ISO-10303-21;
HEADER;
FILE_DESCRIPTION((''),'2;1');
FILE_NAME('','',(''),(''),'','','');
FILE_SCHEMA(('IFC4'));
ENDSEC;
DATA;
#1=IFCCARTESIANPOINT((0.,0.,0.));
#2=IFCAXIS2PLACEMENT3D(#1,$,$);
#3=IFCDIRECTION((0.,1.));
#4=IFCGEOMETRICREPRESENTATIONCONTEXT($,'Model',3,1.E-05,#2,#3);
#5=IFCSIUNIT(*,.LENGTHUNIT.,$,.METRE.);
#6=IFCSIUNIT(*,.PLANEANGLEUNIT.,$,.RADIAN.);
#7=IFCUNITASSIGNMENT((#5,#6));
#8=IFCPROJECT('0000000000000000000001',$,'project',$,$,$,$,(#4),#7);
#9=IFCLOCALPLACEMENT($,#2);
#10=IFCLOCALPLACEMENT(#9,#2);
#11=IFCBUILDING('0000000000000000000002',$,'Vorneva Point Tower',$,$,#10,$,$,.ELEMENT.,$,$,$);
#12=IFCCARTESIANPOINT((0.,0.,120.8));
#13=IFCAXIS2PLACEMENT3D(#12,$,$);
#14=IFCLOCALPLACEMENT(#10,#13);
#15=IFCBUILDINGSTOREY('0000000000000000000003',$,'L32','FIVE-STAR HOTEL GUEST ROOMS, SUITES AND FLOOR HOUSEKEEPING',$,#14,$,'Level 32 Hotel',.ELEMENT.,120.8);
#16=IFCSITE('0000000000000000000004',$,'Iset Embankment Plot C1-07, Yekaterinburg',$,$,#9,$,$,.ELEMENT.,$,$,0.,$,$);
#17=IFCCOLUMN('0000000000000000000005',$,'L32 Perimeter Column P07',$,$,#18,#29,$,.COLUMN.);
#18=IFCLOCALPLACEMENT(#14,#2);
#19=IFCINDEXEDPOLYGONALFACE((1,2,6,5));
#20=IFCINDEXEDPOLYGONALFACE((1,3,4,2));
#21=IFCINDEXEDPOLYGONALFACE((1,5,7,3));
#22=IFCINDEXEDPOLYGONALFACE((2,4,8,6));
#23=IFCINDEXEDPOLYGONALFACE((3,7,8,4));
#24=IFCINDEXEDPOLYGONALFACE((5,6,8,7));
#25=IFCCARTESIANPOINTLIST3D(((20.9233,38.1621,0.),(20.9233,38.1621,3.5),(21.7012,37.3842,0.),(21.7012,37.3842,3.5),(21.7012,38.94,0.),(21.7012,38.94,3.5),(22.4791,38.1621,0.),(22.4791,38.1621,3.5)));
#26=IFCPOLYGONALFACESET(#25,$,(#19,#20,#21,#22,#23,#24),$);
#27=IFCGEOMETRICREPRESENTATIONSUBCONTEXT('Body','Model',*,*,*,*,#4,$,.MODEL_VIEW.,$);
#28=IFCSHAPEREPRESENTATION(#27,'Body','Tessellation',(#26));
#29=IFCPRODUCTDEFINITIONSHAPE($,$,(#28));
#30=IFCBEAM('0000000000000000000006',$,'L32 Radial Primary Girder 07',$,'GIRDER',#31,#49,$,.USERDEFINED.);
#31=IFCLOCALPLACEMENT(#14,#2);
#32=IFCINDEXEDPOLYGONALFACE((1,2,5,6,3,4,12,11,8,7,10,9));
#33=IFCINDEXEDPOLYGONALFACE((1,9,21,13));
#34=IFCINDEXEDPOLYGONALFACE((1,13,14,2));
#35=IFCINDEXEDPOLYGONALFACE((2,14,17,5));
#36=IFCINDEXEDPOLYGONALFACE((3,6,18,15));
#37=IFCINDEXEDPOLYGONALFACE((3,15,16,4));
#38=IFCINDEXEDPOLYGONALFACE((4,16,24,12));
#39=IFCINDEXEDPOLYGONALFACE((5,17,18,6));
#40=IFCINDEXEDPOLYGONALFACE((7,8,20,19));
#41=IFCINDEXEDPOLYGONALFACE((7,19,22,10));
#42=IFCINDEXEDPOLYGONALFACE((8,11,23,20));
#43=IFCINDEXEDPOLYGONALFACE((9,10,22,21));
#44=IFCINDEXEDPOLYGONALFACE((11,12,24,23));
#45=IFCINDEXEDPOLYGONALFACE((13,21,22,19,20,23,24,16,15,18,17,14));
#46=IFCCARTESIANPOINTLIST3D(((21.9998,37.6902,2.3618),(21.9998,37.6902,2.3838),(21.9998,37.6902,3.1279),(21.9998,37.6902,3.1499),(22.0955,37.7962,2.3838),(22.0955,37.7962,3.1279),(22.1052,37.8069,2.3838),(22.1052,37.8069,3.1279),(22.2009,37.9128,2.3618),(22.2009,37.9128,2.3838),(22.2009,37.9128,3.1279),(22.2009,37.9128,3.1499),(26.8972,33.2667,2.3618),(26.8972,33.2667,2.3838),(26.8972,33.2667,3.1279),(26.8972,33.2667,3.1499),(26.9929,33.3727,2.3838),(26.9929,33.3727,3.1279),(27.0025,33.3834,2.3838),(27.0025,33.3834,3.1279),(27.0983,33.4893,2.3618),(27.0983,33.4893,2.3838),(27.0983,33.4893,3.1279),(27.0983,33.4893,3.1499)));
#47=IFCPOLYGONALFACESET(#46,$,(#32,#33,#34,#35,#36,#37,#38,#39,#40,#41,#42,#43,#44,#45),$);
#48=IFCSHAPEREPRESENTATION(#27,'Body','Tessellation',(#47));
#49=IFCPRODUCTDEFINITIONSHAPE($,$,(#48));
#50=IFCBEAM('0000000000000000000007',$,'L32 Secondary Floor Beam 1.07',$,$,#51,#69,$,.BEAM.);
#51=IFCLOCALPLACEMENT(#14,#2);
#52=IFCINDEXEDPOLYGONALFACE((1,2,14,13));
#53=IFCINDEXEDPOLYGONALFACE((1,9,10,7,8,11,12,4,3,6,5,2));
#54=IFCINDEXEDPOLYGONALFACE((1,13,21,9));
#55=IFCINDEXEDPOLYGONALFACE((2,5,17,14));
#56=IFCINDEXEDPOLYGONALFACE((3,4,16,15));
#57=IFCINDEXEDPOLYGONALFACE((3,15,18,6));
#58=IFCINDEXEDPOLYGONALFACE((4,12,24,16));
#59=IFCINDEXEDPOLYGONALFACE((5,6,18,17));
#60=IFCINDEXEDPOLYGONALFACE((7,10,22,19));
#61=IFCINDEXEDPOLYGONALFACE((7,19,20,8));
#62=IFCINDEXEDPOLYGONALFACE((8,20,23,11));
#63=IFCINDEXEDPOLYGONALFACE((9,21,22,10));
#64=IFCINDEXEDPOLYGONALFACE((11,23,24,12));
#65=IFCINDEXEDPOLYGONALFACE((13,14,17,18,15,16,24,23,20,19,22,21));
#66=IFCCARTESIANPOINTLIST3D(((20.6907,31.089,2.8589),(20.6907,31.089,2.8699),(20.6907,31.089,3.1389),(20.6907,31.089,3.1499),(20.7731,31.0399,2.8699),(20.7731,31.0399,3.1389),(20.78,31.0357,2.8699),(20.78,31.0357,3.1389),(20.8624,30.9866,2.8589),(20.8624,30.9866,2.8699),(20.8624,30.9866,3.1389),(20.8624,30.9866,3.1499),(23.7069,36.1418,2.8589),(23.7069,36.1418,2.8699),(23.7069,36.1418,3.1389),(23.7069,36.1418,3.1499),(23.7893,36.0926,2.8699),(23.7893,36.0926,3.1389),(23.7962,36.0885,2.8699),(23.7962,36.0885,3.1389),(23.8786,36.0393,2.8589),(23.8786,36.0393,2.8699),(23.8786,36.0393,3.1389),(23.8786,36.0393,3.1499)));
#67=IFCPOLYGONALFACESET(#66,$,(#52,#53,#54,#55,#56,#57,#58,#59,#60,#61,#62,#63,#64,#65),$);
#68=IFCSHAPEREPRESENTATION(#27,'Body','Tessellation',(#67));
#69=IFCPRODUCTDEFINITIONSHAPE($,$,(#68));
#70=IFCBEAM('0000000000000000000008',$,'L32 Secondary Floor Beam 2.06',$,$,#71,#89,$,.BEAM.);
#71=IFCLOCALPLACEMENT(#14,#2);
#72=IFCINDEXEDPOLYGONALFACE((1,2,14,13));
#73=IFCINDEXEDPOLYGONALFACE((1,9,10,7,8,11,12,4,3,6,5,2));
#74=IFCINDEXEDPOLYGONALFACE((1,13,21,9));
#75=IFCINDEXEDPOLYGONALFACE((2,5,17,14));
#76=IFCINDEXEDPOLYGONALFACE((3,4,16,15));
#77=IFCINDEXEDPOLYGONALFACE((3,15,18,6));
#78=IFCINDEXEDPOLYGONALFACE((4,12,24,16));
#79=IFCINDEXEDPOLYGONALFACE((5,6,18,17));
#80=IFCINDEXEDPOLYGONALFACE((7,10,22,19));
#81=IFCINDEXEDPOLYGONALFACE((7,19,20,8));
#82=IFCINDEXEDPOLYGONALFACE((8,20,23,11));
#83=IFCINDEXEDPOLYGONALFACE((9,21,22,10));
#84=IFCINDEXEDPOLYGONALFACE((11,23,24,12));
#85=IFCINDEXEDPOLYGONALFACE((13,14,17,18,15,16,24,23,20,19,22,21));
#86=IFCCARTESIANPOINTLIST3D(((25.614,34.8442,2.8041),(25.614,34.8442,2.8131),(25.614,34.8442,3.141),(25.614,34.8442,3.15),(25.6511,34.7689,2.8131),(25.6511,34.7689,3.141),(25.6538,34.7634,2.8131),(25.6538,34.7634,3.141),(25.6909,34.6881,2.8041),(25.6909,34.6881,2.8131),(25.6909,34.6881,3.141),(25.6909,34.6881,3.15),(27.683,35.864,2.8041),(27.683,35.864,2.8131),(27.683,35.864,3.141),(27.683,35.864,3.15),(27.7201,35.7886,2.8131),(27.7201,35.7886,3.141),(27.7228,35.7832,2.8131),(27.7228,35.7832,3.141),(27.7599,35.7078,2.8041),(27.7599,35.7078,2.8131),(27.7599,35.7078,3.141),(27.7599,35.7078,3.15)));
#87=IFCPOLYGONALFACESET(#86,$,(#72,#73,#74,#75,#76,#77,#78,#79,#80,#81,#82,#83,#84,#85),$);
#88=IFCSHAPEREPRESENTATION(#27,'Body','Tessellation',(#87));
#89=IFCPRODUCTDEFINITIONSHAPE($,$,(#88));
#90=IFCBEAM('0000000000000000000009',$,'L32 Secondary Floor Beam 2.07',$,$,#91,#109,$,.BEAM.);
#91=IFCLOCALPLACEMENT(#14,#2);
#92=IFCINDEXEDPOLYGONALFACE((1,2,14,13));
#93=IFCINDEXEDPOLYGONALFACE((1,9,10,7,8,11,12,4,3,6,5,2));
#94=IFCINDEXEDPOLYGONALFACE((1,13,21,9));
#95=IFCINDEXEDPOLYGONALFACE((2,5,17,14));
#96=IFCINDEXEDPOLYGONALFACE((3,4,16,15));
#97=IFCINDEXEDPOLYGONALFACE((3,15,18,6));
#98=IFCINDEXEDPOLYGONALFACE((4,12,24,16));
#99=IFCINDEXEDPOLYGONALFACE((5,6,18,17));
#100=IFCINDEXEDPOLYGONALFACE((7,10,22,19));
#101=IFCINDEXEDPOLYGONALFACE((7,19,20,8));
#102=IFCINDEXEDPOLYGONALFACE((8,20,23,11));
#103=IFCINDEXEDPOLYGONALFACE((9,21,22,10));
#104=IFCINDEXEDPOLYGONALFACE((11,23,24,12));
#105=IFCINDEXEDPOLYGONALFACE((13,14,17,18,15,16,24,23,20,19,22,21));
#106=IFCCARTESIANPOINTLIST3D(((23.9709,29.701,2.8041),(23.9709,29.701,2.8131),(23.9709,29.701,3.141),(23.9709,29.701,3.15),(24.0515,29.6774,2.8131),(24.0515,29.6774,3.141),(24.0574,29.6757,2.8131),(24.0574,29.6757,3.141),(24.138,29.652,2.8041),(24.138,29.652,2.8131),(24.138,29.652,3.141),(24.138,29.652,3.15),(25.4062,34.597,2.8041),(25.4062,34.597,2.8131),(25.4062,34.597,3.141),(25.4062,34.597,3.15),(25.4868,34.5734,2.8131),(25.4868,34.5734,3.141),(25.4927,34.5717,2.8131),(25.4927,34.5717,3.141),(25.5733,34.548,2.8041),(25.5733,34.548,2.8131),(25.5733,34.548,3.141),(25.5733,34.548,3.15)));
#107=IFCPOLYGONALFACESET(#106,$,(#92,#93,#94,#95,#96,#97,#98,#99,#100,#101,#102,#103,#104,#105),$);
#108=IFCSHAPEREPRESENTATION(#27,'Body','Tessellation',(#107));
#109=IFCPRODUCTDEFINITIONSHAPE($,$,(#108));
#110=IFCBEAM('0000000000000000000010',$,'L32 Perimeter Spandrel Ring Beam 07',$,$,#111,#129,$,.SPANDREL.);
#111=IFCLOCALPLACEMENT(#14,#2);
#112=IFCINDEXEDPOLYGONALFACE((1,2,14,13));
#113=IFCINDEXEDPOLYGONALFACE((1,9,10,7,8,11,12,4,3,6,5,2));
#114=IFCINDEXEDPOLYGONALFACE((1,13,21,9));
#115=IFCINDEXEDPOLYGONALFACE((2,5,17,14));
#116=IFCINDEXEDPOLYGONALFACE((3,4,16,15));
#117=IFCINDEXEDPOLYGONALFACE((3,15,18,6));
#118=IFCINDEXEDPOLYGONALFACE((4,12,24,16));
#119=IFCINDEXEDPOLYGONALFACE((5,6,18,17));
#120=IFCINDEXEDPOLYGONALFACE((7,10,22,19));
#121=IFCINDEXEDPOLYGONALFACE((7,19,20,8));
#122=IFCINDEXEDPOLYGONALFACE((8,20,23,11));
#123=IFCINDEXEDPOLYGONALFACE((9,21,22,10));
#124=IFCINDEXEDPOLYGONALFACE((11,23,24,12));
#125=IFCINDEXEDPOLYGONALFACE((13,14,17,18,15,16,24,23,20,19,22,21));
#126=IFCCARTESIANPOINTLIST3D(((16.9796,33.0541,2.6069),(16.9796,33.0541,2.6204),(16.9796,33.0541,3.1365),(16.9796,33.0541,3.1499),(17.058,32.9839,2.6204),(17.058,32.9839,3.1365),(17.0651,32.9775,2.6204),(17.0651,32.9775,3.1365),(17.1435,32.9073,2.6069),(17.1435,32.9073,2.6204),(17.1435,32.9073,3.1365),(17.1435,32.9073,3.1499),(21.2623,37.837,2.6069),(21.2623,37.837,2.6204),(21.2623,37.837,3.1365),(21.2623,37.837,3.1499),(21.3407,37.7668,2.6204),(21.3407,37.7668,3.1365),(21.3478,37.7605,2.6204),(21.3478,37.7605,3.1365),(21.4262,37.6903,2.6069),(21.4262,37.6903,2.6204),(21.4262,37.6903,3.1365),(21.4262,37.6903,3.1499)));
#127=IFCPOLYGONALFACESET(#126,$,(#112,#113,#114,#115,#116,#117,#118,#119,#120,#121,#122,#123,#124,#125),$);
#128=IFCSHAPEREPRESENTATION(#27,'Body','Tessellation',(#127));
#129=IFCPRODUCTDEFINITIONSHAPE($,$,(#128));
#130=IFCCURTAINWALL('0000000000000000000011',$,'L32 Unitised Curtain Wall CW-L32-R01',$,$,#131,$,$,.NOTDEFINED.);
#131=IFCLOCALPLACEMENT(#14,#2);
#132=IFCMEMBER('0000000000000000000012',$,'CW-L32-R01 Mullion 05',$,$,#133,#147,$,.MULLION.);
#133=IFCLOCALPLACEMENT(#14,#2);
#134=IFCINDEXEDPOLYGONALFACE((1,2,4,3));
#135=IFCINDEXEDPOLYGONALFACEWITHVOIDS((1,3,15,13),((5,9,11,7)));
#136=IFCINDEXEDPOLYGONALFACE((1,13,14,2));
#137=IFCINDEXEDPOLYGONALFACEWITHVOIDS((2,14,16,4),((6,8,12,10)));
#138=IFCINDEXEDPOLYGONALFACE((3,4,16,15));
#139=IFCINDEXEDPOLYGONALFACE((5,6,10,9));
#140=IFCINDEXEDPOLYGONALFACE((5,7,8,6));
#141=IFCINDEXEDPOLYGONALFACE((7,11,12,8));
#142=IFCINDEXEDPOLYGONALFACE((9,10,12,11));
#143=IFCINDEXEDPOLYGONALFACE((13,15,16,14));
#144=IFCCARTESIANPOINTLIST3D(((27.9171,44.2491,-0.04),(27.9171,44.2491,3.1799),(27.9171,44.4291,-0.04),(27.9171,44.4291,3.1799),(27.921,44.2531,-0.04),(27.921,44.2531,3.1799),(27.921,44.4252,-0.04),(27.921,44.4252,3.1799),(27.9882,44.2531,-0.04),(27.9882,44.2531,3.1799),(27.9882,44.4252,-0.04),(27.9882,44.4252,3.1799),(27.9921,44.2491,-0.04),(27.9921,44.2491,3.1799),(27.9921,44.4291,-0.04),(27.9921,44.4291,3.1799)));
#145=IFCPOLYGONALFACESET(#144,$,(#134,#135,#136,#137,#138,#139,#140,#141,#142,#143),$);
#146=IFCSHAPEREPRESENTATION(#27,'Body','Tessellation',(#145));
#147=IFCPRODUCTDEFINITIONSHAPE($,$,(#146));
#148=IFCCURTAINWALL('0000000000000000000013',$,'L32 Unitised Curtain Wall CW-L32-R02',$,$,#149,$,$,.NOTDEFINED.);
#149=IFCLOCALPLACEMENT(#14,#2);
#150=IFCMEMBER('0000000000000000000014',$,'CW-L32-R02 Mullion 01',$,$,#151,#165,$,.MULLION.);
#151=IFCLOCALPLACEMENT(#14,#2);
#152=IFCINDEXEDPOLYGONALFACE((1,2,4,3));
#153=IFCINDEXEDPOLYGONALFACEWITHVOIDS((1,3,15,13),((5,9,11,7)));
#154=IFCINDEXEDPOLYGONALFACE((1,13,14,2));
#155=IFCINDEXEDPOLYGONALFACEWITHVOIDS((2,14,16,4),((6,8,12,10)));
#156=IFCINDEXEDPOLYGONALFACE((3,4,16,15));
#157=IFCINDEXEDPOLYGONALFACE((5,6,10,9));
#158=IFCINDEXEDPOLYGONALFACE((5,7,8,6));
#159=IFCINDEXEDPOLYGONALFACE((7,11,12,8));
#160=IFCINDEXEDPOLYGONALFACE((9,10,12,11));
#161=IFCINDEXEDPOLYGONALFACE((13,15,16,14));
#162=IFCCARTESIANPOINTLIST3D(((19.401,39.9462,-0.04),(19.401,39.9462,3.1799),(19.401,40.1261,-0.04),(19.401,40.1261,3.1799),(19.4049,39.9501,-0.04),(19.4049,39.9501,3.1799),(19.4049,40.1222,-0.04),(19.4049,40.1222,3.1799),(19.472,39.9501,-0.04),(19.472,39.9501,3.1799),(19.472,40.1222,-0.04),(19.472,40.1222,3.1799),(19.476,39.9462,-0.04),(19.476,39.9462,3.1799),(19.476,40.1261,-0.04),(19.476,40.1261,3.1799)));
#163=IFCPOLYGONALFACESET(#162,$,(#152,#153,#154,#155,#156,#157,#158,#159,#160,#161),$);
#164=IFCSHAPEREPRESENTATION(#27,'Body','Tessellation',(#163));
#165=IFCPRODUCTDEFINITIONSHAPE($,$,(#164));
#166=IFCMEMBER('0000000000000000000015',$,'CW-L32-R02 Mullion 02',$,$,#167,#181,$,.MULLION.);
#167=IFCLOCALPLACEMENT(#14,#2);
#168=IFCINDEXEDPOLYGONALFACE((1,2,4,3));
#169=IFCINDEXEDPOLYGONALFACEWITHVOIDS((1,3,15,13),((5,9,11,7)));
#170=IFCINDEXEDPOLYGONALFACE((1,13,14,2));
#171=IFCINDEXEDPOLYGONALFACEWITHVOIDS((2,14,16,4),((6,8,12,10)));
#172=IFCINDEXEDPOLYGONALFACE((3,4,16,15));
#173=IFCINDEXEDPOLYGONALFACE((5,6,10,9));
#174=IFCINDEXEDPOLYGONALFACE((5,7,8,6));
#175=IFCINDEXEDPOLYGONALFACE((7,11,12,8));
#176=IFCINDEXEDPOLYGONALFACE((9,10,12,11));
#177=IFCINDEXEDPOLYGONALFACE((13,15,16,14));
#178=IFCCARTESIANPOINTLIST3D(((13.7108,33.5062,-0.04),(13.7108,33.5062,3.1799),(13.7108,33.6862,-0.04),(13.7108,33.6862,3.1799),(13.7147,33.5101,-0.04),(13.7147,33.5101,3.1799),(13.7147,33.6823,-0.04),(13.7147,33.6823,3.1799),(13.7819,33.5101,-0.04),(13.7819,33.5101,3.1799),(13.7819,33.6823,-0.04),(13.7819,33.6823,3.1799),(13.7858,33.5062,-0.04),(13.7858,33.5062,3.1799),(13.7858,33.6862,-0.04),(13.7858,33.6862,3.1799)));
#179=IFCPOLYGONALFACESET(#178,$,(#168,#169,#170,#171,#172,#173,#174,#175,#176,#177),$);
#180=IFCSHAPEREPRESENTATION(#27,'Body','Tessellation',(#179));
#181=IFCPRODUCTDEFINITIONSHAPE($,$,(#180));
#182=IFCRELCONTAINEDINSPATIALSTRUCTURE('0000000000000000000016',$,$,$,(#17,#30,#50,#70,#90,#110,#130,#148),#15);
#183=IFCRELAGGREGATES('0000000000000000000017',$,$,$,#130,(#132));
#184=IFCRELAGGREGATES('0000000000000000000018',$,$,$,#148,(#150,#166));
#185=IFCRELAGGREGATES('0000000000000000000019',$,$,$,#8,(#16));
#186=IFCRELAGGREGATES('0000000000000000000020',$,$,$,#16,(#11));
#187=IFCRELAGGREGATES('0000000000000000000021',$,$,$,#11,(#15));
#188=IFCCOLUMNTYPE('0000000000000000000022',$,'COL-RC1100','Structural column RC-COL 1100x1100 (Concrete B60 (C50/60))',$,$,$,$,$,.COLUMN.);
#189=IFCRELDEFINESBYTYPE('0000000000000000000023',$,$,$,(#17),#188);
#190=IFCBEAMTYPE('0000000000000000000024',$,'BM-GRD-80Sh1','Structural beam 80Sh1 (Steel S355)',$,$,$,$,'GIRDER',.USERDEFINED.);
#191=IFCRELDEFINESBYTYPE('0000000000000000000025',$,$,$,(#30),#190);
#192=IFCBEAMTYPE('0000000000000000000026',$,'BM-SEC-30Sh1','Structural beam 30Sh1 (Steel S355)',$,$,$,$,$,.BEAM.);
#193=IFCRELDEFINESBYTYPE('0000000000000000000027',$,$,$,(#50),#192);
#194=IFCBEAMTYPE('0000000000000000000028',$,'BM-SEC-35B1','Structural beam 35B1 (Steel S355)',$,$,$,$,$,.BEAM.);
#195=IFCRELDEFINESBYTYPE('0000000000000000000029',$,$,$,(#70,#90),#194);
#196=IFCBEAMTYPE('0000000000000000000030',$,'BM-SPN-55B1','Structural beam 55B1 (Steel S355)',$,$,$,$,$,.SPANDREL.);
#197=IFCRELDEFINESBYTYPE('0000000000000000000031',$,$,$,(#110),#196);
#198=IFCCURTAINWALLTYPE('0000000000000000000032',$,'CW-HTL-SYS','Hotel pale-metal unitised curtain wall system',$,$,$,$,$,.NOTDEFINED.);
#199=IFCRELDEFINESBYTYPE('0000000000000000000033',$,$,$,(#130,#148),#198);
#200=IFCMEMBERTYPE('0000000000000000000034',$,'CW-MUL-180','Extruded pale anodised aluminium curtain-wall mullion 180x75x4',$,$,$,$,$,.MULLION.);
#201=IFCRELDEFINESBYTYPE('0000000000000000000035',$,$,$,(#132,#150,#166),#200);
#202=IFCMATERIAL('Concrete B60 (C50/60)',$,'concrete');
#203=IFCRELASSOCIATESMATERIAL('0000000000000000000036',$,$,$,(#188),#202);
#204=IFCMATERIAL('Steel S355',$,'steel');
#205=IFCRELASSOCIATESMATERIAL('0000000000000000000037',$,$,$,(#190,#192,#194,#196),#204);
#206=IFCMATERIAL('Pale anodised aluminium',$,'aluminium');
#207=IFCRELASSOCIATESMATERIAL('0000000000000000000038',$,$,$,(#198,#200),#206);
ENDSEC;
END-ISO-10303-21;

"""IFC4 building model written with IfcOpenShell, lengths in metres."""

from ifc_helpers import new_model, si_unit, direction, frame, origin, origin_2d, place, context, subcontext, project, spatial, rectangle, hollow_rectangle, i_section, extrude, material, material_profile, profile_set, type_object, element, aggregate, save


model = new_model("IFC4")

# Units and contexts
model_context = context("Model", 3, precision=1e-05, world=origin(), true_north=direction((0.0, 1.0)))
body_context = subcontext(model_context, "Body", "Model", "MODEL_VIEW")
ifc_project = project(units=[si_unit("LENGTHUNIT", "METRE"), si_unit("PLANEANGLEUNIT", "RADIAN")], contexts=[model_context])

# Site, building, storey
site_placement = place(None, origin())
site = spatial("IfcSite", under=ifc_project, at=site_placement, Name="Iset Embankment Plot C1-07, Yekaterinburg", CompositionType="ELEMENT", RefElevation=0.0)
building_placement = place(site_placement, origin())
building = spatial("IfcBuilding", under=site, at=building_placement, Name="Vorneva Point Tower", CompositionType="ELEMENT")
storey_placement = place(building_placement, frame((0.0, 0.0, 120.8)))
storey = spatial("IfcBuildingStorey", under=building, at=storey_placement, Name="L32", Description="FIVE-STAR HOTEL GUEST ROOMS, SUITES AND FLOOR HOUSEKEEPING", LongName="Level 32 Hotel", CompositionType="ELEMENT", Elevation=120.8)

# Column
ifc_material_1 = material(Name="Concrete B60 (C50/60)", Category="concrete")
ifc_material_profile_1 = material_profile(ifc_material_1, rectangle(XDim=1.1001, YDim=1.1001, at=origin_2d()), Name="RC-COL 1100x1100")
ifc_profile_set_1 = profile_set([ifc_material_profile_1], Name="Concrete B60 (C50/60)")
column_type = type_object("IfcColumnType", Name="COL-RC1100", Description="Structural column RC-COL 1100x1100 (Concrete B60 (C50/60))", PredefinedType="COLUMN", material=ifc_profile_set_1)
column_placement = place(storey_placement, frame((21.7012, 38.1621, 0.0), z_axis=(0.0, 0.0, 1.0), x_axis=(-0.707107, 0.707107, 0.0)))
element("IfcColumn", 1, at=column_placement, inside=storey, type_object=column_type, Name="L32 Perimeter Column P07", PredefinedType="COLUMN", context=body_context, shape_type="SweptSolid", body=[
    extrude(rectangle(XDim=1.1001, YDim=1.1001, at=origin_2d()), origin(), (0.0, 0.0, 1.0), 3.5),
])

# Beams
ifc_material_2 = material(Name="Steel S355", Category="steel")
ifc_material_profile_2 = material_profile(ifc_material_2, i_section(OverallWidth=0.3, OverallDepth=0.7881, WebThickness=0.0144, FlangeThickness=0.022, at=origin_2d()), Name="80Sh1")
ifc_profile_set_2 = profile_set([ifc_material_profile_2], Name="Steel S355")
beam_type_1 = type_object("IfcBeamType", Name="BM-GRD-80Sh1", Description="Structural beam 80Sh1 (Steel S355)", ElementType="GIRDER", PredefinedType="USERDEFINED", material=ifc_profile_set_2)
beam_1_placement = place(storey_placement, frame((22.1003, 37.8015, 2.7559), z_axis=(0.742097, -0.670292, 0.0), x_axis=(0.670292, 0.742097, 0.0)))
element("IfcBeam", 2, at=beam_1_placement, inside=storey, type_object=beam_type_1, Name="L32 Radial Primary Girder 07", ObjectType="GIRDER", PredefinedType="USERDEFINED", context=body_context, shape_type="SweptSolid", body=[
    extrude(i_section(OverallWidth=0.3, OverallDepth=0.7881, WebThickness=0.0144, FlangeThickness=0.022, at=origin_2d()), origin(), (0.0, 0.0, 1.0), 6.5994),
])
ifc_material_profile_3 = material_profile(ifc_material_2, i_section(OverallWidth=0.2, OverallDepth=0.291, WebThickness=0.0081, FlangeThickness=0.011, at=origin_2d()), Name="30Sh1")
ifc_profile_set_3 = profile_set([ifc_material_profile_3], Name="Steel S355")
beam_type_2 = type_object("IfcBeamType", Name="BM-SEC-30Sh1", Description="Structural beam 30Sh1 (Steel S355)", PredefinedType="BEAM", material=ifc_profile_set_3)
beam_2_placement = place(storey_placement, frame((23.7927, 36.0906, 3.0044), z_axis=(-0.512554, -0.858655, 0.0), x_axis=(0.858655, -0.512554, 0.0)))
element("IfcBeam", 3, at=beam_2_placement, inside=storey, type_object=beam_type_2, Name="L32 Secondary Floor Beam 1.07", PredefinedType="BEAM", context=body_context, shape_type="SweptSolid", body=[
    extrude(i_section(OverallWidth=0.2, OverallDepth=0.291, WebThickness=0.0081, FlangeThickness=0.011, at=origin_2d()), origin(), (0.0, 0.0, 1.0), 5.8845),
])
ifc_material_profile_4 = material_profile(ifc_material_2, i_section(OverallWidth=0.1741, OverallDepth=0.3459, WebThickness=0.0061, FlangeThickness=0.009, at=origin_2d()), Name="35B1")
ifc_profile_set_4 = profile_set([ifc_material_profile_4], Name="Steel S355")
beam_type_3 = type_object("IfcBeamType", Name="BM-SEC-35B1", Description="Structural beam 35B1 (Steel S355)", PredefinedType="BEAM", material=ifc_profile_set_4)
beam_3_placement = place(storey_placement, frame((27.7214, 35.7859, 2.9771), z_axis=(-0.896974, -0.442084, 0.0), x_axis=(0.442084, -0.896974, 0.0)))
element("IfcBeam", 4, at=beam_3_placement, inside=storey, type_object=beam_type_3, Name="L32 Secondary Floor Beam 2.06", PredefinedType="BEAM", context=body_context, shape_type="SweptSolid", body=[
    extrude(i_section(OverallWidth=0.1741, OverallDepth=0.3459, WebThickness=0.0061, FlangeThickness=0.009, at=origin_2d()), origin(), (0.0, 0.0, 1.0), 2.3066),
])
beam_4_placement = place(storey_placement, frame((25.4897, 34.5725, 2.9771), z_axis=(-0.281319, -0.959614, 0.0), x_axis=(0.959614, -0.281319, 0.0)))
element("IfcBeam", 5, at=beam_4_placement, inside=storey, type_object=beam_type_3, Name="L32 Secondary Floor Beam 2.07", PredefinedType="BEAM", context=body_context, shape_type="SweptSolid", body=[
    extrude(i_section(OverallWidth=0.1741, OverallDepth=0.3459, WebThickness=0.0061, FlangeThickness=0.009, at=origin_2d()), origin(), (0.0, 0.0, 1.0), 5.1021),
])
ifc_material_profile_5 = material_profile(ifc_material_2, i_section(OverallWidth=0.22, OverallDepth=0.543, WebThickness=0.0095, FlangeThickness=0.0134, at=origin_2d()), Name="55B1")
ifc_profile_set_5 = profile_set([ifc_material_profile_5], Name="Steel S355")
beam_type_4 = type_object("IfcBeamType", Name="BM-SPN-55B1", Description="Structural beam 55B1 (Steel S355)", PredefinedType="SPANDREL", material=ifc_profile_set_5)
beam_5_placement = place(storey_placement, frame((21.3442, 37.7637, 2.8784), z_axis=(-0.667074, -0.744992, 0.0), x_axis=(0.744992, -0.667074, 0.0)))
element("IfcBeam", 6, at=beam_5_placement, inside=storey, type_object=beam_type_4, Name="L32 Perimeter Spandrel Ring Beam 07", PredefinedType="SPANDREL", context=body_context, shape_type="SweptSolid", body=[
    extrude(i_section(OverallWidth=0.22, OverallDepth=0.543, WebThickness=0.0095, FlangeThickness=0.0134, at=origin_2d()), origin(), (0.0, 0.0, 1.0), 6.4202),
])

# Curtain wall, member
ifc_material_3 = material(Name="Pale anodised aluminium", Category="aluminium")
curtain_wall_type = type_object("IfcCurtainWallType", Name="CW-HTL-SYS", Description="Hotel pale-metal unitised curtain wall system", PredefinedType="NOTDEFINED", material=ifc_material_3)
curtain_wall_1_placement = place(storey_placement, origin())
curtain_wall_1 = element("IfcCurtainWall", 7, at=curtain_wall_1_placement, inside=storey, type_object=curtain_wall_type, Name="L32 Unitised Curtain Wall CW-L32-R01", PredefinedType="NOTDEFINED")
ifc_material_profile_6 = material_profile(ifc_material_3, hollow_rectangle(XDim=0.075, YDim=0.1799, WallThickness=0.0039, at=origin_2d()), Name="AL-MUL 180x75x4")
ifc_profile_set_6 = profile_set([ifc_material_profile_6], Name="Pale anodised aluminium")
member_type_1 = type_object("IfcMemberType", Name="CW-MUL-180", Description="Extruded pale anodised aluminium curtain-wall mullion 180x75x4", PredefinedType="MULLION", material=ifc_profile_set_6)
member_1_placement = place(storey_placement, frame((27.9546, 44.3391, -0.04), z_axis=(0.0, 0.0, 1.0), x_axis=(1.0, 0.0, 0.0)))
member_1 = element("IfcMember", 8, at=member_1_placement, type_object=member_type_1, Name="CW-L32-R01 Mullion 05", PredefinedType="MULLION", context=body_context, shape_type="SweptSolid", body=[
    extrude(hollow_rectangle(XDim=0.075, YDim=0.1799, WallThickness=0.0039, at=origin_2d()), origin(), (0.0, 0.0, 1.0), 3.22),
])
aggregate(curtain_wall_1, [member_1])

# Curtain wall, members
curtain_wall_2_placement = place(storey_placement, origin())
curtain_wall_2 = element("IfcCurtainWall", 9, at=curtain_wall_2_placement, inside=storey, type_object=curtain_wall_type, Name="L32 Unitised Curtain Wall CW-L32-R02", PredefinedType="NOTDEFINED")
member_2_placement = place(storey_placement, frame((19.4385, 40.0361, -0.04), z_axis=(0.0, 0.0, 1.0), x_axis=(1.0, 0.0, 0.0)))
member_2 = element("IfcMember", 10, at=member_2_placement, type_object=member_type_1, Name="CW-L32-R02 Mullion 01", PredefinedType="MULLION", context=body_context, shape_type="SweptSolid", body=[
    extrude(hollow_rectangle(XDim=0.075, YDim=0.1799, WallThickness=0.0039, at=origin_2d()), origin(), (0.0, 0.0, 1.0), 3.22),
])
member_3_placement = place(storey_placement, frame((13.7483, 33.5962, -0.04), z_axis=(0.0, 0.0, 1.0), x_axis=(1.0, 0.0, 0.0)))
member_3 = element("IfcMember", 11, at=member_3_placement, type_object=member_type_1, Name="CW-L32-R02 Mullion 02", PredefinedType="MULLION", context=body_context, shape_type="SweptSolid", body=[
    extrude(hollow_rectangle(XDim=0.075, YDim=0.1799, WallThickness=0.0039, at=origin_2d()), origin(), (0.0, 0.0, 1.0), 3.22),
])
aggregate(curtain_wall_2, [member_2, member_3])

save(model, "model.ifc")
